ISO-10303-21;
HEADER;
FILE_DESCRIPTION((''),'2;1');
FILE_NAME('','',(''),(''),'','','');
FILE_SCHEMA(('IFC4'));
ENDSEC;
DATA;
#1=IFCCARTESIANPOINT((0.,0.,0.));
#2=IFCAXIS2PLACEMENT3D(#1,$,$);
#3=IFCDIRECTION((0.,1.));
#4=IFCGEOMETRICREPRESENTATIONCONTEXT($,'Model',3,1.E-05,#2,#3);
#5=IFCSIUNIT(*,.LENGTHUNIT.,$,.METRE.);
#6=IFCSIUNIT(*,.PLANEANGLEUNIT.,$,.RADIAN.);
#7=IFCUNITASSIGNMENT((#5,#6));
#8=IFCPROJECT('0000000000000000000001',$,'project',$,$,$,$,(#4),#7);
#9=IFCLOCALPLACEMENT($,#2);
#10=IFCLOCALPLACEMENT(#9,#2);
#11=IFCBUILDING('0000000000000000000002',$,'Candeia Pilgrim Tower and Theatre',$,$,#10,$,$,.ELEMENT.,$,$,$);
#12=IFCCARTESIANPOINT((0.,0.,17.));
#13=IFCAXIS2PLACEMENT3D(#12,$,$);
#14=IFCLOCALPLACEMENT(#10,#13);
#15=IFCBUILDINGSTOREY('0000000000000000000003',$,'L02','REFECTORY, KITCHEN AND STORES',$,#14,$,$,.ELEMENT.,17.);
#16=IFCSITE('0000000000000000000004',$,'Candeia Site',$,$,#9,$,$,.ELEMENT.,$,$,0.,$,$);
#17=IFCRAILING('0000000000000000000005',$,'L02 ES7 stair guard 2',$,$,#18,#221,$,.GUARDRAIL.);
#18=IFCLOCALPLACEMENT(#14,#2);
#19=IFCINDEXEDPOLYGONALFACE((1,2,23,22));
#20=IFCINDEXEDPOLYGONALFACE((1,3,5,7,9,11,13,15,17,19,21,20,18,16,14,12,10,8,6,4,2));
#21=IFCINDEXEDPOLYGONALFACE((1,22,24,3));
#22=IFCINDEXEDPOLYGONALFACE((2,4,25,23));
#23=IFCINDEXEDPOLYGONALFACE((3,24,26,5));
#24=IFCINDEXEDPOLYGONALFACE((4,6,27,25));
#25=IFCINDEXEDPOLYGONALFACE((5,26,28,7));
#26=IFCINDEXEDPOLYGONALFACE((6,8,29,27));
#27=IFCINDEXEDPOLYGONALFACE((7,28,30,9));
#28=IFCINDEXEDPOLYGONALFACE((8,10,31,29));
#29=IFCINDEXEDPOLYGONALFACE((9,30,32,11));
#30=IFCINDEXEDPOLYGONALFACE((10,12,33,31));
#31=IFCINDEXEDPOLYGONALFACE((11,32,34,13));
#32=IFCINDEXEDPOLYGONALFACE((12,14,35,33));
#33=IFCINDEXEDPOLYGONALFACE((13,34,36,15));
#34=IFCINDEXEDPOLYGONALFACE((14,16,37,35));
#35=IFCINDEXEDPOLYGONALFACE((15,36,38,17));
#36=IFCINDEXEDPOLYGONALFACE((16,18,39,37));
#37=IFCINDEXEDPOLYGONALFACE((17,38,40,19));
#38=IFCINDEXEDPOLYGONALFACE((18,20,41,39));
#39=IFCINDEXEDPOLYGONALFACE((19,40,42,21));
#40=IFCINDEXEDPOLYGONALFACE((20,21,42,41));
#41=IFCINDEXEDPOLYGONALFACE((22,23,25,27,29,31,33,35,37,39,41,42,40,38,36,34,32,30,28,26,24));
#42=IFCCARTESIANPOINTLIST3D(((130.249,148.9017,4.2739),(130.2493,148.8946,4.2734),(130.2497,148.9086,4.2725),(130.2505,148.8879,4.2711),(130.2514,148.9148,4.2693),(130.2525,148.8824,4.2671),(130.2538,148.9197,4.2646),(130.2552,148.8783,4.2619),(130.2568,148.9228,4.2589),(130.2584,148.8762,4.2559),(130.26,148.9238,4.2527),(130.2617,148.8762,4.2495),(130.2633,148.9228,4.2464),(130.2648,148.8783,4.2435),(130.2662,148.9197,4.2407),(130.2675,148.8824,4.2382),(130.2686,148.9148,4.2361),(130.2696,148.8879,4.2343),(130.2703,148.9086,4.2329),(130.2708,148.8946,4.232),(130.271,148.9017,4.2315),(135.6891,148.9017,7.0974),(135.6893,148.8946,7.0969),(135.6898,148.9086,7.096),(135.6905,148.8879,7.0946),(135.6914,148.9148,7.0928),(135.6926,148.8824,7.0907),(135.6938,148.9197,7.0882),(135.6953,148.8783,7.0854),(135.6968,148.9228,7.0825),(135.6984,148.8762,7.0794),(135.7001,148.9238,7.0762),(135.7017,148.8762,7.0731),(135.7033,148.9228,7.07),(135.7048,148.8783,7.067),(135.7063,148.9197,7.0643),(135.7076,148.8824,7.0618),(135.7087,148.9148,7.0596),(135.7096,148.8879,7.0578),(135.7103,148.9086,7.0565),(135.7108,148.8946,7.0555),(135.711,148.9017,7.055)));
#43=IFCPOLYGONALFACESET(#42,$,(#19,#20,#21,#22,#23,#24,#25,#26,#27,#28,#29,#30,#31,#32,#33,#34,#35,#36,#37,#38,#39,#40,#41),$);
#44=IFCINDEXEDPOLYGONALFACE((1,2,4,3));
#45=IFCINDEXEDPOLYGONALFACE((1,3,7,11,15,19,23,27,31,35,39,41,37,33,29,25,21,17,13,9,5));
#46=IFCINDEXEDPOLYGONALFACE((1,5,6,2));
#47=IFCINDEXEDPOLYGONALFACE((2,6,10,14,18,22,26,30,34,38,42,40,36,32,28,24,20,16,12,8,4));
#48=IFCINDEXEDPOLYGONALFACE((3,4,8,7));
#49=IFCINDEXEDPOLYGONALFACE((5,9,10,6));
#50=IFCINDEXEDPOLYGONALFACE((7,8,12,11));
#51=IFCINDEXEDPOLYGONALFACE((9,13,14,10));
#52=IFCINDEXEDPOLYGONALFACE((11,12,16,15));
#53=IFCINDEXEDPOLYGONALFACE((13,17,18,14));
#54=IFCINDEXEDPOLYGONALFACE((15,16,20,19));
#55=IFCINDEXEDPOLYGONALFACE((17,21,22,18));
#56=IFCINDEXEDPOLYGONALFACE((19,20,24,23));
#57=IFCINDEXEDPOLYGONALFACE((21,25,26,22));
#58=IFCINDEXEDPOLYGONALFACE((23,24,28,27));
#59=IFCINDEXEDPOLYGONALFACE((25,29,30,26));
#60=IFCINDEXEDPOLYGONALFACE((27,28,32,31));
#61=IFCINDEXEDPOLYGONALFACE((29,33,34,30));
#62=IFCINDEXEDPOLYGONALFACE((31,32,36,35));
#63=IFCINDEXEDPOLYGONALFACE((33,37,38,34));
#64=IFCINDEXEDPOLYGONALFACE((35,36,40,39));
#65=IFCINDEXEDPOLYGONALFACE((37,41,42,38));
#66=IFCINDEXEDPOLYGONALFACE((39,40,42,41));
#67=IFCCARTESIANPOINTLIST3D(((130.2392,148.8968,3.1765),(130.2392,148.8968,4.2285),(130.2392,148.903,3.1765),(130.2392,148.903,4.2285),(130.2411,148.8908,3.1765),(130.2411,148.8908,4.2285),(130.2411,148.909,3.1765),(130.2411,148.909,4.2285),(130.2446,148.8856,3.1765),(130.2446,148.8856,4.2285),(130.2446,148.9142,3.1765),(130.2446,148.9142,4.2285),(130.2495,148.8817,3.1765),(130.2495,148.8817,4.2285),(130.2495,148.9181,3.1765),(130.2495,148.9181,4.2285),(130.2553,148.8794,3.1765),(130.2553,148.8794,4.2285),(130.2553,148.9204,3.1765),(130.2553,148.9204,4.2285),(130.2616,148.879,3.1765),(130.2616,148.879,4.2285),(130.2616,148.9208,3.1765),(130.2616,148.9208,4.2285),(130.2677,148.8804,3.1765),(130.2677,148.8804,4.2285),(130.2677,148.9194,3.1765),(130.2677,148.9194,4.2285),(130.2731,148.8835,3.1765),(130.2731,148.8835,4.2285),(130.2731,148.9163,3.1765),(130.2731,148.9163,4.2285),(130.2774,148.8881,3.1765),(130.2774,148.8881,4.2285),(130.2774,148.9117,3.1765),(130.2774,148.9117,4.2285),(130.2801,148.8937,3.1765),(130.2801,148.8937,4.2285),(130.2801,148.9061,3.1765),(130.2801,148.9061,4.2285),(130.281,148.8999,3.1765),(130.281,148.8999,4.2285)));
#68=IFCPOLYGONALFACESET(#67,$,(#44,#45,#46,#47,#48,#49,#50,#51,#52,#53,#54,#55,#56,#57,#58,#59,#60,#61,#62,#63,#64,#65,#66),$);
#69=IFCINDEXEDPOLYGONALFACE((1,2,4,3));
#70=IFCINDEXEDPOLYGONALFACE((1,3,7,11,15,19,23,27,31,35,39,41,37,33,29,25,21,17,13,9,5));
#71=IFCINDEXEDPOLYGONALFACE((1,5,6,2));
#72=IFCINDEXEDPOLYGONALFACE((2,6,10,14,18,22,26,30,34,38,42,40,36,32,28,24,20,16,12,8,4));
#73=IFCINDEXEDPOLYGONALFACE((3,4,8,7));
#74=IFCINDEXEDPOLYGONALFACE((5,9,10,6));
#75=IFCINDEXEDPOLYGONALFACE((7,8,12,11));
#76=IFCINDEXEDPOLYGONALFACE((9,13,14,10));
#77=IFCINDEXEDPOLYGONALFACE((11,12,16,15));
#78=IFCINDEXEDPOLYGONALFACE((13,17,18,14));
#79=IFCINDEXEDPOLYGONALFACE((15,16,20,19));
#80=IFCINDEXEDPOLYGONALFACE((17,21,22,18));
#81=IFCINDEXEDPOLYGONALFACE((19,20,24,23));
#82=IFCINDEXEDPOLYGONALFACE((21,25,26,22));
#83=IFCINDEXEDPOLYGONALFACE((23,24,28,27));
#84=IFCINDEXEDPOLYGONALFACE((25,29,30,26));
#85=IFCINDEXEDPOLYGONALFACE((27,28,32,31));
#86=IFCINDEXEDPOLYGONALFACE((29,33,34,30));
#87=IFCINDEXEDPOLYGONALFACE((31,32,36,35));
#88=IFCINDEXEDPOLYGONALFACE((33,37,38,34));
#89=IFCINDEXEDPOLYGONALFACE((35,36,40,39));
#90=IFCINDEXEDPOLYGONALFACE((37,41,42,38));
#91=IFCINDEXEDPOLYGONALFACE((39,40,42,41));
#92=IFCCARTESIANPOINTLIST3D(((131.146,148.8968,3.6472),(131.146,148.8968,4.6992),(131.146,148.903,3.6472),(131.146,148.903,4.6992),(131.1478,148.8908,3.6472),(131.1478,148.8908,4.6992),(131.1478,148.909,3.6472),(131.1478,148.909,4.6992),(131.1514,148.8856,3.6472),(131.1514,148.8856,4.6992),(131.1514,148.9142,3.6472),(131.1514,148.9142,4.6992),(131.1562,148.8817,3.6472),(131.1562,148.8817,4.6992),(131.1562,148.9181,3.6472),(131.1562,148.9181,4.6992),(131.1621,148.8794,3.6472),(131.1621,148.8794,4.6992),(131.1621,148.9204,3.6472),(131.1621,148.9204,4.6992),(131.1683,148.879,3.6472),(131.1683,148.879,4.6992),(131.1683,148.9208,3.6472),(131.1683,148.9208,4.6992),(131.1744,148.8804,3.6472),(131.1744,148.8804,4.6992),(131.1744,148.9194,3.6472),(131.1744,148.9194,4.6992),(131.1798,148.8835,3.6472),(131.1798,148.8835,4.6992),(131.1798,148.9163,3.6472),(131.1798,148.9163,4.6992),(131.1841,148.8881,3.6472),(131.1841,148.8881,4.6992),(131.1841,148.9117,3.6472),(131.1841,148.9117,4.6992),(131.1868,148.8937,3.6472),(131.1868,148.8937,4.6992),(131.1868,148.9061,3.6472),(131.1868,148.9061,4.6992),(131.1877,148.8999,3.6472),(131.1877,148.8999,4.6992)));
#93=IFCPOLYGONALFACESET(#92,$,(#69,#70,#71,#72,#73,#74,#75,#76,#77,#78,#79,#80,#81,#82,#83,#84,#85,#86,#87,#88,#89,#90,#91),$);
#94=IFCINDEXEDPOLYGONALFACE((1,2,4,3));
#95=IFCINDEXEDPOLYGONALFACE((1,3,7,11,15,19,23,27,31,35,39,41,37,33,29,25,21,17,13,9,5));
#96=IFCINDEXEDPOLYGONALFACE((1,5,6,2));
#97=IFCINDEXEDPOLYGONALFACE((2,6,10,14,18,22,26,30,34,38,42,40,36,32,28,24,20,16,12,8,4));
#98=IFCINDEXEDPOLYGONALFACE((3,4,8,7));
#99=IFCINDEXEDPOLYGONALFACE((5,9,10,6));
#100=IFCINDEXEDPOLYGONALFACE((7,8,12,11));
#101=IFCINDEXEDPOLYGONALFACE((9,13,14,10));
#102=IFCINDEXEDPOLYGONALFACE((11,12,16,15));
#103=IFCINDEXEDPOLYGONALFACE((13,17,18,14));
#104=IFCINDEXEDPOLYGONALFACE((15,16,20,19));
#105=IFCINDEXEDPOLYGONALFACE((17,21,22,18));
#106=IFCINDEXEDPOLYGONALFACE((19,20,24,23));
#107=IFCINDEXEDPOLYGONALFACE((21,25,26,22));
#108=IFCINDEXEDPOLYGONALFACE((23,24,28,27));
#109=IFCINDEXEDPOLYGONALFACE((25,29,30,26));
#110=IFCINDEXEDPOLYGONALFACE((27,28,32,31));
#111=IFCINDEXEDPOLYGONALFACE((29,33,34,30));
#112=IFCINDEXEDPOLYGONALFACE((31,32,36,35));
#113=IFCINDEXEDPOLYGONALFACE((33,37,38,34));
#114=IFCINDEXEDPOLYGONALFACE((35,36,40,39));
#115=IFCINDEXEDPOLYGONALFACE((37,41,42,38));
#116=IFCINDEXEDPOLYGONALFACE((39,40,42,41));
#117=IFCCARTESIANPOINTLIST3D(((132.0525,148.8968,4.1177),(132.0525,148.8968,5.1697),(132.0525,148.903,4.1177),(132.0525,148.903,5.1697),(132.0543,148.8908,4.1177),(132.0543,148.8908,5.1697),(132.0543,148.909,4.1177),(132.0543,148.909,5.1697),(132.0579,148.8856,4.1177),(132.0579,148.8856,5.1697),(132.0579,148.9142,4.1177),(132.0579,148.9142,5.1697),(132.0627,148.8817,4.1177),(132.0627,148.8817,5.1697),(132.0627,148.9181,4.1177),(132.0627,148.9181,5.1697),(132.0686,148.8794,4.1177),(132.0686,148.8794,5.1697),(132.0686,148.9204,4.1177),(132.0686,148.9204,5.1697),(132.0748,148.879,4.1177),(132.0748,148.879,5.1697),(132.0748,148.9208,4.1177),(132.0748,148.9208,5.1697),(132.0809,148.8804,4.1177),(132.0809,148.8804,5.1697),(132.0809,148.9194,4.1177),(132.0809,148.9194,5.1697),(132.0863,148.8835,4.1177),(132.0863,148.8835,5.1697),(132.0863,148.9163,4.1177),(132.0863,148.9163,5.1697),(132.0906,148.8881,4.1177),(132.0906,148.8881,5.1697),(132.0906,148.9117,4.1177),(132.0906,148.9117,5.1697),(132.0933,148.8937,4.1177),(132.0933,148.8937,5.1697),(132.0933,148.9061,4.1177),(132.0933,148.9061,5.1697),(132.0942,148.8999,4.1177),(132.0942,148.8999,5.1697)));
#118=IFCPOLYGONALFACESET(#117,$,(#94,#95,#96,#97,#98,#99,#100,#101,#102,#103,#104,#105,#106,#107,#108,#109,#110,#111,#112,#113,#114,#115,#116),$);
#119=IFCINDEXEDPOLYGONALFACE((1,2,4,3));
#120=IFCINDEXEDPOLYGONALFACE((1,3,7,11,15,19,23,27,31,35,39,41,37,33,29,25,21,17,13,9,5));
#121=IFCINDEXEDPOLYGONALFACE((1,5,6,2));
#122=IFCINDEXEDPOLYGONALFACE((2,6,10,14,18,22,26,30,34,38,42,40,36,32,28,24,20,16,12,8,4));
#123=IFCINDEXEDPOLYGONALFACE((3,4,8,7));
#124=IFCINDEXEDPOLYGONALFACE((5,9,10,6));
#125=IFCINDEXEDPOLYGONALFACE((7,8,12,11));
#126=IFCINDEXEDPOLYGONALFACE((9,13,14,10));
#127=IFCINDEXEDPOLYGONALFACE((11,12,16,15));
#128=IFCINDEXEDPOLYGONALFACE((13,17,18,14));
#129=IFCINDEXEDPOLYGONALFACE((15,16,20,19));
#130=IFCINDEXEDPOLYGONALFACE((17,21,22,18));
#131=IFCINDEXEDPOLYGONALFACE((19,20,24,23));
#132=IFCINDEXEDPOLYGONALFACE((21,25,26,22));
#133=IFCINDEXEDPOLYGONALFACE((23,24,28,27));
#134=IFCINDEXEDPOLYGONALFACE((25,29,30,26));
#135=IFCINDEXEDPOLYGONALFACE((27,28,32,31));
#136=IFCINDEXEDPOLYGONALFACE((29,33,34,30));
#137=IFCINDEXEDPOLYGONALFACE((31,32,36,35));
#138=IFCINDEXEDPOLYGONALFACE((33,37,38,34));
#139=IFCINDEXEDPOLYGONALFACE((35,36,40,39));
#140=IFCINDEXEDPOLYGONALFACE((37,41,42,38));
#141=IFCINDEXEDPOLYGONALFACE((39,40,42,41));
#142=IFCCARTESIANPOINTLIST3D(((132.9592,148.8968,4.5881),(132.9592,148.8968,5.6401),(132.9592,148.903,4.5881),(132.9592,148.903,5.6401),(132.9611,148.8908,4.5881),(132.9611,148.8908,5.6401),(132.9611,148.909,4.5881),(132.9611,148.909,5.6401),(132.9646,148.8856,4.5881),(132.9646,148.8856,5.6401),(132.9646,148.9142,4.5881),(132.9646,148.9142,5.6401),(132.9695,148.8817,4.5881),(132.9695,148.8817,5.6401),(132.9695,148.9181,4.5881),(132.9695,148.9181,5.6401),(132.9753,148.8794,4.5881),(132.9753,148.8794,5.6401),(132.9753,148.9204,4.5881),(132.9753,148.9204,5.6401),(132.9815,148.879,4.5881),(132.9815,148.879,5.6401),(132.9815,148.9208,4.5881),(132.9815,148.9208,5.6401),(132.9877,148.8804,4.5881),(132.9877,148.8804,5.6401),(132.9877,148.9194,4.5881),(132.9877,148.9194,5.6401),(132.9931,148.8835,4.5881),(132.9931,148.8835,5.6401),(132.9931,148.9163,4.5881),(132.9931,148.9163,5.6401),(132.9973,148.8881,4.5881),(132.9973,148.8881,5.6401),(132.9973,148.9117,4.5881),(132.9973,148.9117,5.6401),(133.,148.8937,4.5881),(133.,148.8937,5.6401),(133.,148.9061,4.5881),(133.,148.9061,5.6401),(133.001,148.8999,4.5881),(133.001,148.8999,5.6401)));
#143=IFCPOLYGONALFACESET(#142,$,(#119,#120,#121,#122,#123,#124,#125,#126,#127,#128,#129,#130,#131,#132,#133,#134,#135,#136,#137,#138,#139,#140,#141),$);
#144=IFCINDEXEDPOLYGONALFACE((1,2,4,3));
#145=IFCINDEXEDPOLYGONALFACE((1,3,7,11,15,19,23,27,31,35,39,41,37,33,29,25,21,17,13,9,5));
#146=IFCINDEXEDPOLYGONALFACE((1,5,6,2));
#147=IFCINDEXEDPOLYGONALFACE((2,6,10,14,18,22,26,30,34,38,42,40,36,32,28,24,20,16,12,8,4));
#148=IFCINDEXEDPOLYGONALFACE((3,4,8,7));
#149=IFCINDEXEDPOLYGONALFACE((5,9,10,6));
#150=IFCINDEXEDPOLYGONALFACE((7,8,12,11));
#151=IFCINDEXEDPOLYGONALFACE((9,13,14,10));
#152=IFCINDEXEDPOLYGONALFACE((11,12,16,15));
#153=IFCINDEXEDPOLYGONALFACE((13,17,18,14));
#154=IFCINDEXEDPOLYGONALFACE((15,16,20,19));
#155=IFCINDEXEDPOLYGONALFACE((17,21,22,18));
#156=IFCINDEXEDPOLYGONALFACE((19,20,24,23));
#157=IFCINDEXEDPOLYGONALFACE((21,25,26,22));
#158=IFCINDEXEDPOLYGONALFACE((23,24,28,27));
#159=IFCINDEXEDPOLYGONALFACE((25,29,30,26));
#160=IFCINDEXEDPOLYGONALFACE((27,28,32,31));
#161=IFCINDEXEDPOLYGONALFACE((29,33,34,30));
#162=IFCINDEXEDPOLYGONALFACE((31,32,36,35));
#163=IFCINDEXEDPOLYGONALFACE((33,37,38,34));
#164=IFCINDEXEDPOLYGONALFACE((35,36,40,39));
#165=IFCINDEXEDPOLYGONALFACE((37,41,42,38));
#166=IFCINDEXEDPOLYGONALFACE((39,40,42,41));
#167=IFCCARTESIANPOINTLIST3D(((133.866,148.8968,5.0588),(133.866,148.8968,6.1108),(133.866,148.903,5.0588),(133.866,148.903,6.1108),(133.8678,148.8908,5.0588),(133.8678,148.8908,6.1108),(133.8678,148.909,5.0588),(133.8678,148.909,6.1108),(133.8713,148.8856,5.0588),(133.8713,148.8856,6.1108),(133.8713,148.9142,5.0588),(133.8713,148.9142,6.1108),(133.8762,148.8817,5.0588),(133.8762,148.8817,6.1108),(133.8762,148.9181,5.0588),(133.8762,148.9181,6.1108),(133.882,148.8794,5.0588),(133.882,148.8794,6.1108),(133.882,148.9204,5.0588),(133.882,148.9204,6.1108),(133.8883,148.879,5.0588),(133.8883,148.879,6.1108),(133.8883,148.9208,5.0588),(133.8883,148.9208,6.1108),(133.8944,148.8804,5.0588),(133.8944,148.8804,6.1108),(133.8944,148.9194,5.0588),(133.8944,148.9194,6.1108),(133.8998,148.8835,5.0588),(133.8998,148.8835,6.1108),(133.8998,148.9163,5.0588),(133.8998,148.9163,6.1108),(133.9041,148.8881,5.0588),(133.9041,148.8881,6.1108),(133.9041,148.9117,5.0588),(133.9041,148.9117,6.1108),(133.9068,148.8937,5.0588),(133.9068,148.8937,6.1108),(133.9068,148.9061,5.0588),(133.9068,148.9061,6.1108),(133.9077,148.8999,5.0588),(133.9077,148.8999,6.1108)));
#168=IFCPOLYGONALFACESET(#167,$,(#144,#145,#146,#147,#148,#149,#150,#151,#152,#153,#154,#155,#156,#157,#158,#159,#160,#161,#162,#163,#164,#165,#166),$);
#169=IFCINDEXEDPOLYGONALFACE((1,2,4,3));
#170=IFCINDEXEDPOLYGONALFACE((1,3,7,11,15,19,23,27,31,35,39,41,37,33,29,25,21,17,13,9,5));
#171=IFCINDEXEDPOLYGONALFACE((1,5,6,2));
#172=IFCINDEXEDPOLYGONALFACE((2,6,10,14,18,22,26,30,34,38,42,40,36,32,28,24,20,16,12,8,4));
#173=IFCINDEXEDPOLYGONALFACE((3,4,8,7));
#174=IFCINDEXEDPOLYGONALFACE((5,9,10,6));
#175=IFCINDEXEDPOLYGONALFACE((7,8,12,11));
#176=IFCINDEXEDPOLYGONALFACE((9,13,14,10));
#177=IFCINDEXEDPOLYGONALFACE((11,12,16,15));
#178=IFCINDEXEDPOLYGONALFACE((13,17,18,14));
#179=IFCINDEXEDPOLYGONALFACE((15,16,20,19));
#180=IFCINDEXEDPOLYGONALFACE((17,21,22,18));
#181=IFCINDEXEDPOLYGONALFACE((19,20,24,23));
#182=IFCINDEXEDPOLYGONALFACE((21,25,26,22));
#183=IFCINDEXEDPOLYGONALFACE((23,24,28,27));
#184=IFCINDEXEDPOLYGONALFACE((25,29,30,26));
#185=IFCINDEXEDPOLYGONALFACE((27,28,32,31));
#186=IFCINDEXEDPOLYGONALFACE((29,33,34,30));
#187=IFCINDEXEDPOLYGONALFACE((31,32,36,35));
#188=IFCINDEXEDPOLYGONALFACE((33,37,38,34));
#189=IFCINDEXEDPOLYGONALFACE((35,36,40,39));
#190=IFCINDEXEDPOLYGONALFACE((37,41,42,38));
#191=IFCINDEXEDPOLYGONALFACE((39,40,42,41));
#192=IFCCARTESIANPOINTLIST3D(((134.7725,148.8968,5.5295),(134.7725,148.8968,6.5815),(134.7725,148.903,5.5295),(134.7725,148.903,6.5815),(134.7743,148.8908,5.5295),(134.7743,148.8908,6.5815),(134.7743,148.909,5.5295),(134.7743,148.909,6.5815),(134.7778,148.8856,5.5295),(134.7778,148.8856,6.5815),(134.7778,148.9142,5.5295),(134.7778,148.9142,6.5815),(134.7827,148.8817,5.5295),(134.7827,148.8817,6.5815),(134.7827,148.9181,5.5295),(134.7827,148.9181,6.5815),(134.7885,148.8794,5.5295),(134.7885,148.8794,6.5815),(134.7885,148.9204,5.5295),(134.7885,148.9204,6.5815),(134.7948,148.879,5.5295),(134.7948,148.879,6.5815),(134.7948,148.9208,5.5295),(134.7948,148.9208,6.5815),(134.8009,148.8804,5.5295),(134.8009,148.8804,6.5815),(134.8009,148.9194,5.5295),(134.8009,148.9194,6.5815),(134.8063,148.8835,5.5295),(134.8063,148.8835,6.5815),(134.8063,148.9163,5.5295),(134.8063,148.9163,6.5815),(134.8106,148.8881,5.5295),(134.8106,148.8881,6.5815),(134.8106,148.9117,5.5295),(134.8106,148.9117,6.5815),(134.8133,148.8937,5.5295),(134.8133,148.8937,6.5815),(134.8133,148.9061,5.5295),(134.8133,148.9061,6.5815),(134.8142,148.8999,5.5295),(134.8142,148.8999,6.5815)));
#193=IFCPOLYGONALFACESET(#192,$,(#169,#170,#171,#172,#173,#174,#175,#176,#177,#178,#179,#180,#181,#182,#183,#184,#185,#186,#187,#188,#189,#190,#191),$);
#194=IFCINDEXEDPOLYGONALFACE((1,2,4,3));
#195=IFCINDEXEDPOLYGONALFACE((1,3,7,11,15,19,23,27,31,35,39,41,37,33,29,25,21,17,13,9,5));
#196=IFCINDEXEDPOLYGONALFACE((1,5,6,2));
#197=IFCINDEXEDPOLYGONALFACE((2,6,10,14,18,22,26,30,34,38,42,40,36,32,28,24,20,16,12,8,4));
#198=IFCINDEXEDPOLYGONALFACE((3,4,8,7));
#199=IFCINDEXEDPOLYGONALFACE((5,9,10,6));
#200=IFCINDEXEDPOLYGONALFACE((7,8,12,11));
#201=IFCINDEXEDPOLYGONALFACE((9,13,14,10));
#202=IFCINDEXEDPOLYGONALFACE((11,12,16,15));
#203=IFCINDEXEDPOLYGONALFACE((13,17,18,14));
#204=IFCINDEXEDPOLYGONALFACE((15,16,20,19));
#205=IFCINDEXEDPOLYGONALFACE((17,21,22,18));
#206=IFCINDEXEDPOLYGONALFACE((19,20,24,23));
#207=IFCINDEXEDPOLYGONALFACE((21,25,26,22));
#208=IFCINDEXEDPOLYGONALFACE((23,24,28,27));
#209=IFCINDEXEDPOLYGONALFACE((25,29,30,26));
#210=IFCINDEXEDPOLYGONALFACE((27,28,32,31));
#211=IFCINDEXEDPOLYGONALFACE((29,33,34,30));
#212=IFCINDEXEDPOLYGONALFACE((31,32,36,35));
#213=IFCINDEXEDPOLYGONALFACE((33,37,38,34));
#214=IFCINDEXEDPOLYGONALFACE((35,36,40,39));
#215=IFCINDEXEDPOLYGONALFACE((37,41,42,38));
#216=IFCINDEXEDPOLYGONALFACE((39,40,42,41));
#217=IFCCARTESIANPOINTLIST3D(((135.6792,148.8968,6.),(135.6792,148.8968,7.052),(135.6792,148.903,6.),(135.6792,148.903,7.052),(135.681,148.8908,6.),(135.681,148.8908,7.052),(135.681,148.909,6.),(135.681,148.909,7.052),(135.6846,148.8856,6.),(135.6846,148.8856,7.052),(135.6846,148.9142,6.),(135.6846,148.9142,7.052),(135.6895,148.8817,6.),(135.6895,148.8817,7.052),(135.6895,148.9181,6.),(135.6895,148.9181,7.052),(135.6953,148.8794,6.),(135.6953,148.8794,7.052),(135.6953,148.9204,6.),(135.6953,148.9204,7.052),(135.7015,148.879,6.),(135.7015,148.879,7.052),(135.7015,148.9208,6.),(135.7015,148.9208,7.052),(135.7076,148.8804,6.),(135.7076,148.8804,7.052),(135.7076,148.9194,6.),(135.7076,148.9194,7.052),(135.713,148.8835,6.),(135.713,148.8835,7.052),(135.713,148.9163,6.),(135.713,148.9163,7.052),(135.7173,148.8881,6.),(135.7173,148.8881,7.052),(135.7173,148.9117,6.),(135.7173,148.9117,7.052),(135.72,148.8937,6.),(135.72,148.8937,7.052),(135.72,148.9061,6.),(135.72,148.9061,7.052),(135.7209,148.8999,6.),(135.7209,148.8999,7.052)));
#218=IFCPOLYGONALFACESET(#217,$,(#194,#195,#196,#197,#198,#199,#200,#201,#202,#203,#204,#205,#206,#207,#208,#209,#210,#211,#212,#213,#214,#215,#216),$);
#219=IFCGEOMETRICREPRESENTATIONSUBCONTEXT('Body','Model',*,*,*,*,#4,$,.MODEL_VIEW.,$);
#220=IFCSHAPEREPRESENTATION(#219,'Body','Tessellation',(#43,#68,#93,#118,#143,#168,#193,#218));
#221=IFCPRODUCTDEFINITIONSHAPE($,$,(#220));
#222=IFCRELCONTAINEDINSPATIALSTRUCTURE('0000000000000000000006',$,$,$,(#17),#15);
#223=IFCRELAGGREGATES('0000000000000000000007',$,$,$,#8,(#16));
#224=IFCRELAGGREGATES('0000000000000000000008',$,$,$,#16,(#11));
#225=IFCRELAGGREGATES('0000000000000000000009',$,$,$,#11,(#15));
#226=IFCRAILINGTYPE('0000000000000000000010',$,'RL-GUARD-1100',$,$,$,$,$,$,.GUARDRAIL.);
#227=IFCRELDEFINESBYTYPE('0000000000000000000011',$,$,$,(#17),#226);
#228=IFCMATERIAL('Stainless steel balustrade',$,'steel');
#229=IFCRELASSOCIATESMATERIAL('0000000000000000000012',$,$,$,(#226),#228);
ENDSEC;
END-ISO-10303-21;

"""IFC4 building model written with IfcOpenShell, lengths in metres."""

from ifc_helpers import new_model, si_unit, direction, frame, origin, origin_2d, place, context, subcontext, project, spatial, circle, extrude, material, type_object, element, save


model = new_model("IFC4")

# Units and contexts
model_context = context("Model", 3, precision=1e-05, world=origin(), true_north=direction((0.0, 1.0)))
body_context = subcontext(model_context, "Body", "Model", "MODEL_VIEW")
ifc_project = project(units=[si_unit("LENGTHUNIT", "METRE"), si_unit("PLANEANGLEUNIT", "RADIAN")], contexts=[model_context])

# Site, building, storey
site_placement = place(None, origin())
site = spatial("IfcSite", under=ifc_project, at=site_placement, Name="Candeia Site", CompositionType="ELEMENT", RefElevation=0.0)
building_placement = place(site_placement, origin())
building = spatial("IfcBuilding", under=site, at=building_placement, Name="Candeia Pilgrim Tower and Theatre", CompositionType="ELEMENT")
storey_placement = place(building_placement, frame((0.0, 0.0, 17.0)))
storey = spatial("IfcBuildingStorey", under=building, at=storey_placement, Name="L02", Description="REFECTORY, KITCHEN AND STORES", CompositionType="ELEMENT", Elevation=17.0)

# Railing
ifc_material_1 = material(Name="Stainless steel balustrade", Category="steel")
railing_type_1 = type_object("IfcRailingType", Name="RL-GUARD-1100", PredefinedType="GUARDRAIL", material=ifc_material_1)
railing_1_placement = place(storey_placement, frame((130.26, 148.8999, 3.1765)))
element("IfcRailing", 1, at=railing_1_placement, inside=storey, type_object=railing_type_1, Name="L02 ES7 stair guard 2", PredefinedType="GUARDRAIL", context=body_context, shape_type="SweptSolid", body=[
    extrude(circle(Radius=0.0239, at=origin_2d()), frame((0.0, 0.0, 1.0762), z_axis=(0.887569, 0.0, 0.460674), x_axis=(0.0, 1.0, 0.0)), (0.0, 0.0, 1.0), 6.1292),
    extrude(circle(Radius=0.021, at=origin_2d()), origin(), (0.0, 0.0, 1.0), 1.052),
    extrude(circle(Radius=0.021, at=origin_2d()), frame((0.9067, 0.0, 0.4707)), (0.0, 0.0, 1.0), 1.052),
    extrude(circle(Radius=0.021, at=origin_2d()), frame((1.8132, 0.0, 0.9412)), (0.0, 0.0, 1.0), 1.052),
    extrude(circle(Radius=0.021, at=origin_2d()), frame((2.72, 0.0, 1.4116)), (0.0, 0.0, 1.0), 1.052),
    extrude(circle(Radius=0.021, at=origin_2d()), frame((3.6267, 0.0, 1.8823)), (0.0, 0.0, 1.0), 1.052),
    extrude(circle(Radius=0.021, at=origin_2d()), frame((4.5332, 0.0, 2.353)), (0.0, 0.0, 1.0), 1.052),
    extrude(circle(Radius=0.021, at=origin_2d()), frame((5.4399, 0.0, 2.8235)), (0.0, 0.0, 1.0), 1.052),
])

save(model, "model.ifc")
